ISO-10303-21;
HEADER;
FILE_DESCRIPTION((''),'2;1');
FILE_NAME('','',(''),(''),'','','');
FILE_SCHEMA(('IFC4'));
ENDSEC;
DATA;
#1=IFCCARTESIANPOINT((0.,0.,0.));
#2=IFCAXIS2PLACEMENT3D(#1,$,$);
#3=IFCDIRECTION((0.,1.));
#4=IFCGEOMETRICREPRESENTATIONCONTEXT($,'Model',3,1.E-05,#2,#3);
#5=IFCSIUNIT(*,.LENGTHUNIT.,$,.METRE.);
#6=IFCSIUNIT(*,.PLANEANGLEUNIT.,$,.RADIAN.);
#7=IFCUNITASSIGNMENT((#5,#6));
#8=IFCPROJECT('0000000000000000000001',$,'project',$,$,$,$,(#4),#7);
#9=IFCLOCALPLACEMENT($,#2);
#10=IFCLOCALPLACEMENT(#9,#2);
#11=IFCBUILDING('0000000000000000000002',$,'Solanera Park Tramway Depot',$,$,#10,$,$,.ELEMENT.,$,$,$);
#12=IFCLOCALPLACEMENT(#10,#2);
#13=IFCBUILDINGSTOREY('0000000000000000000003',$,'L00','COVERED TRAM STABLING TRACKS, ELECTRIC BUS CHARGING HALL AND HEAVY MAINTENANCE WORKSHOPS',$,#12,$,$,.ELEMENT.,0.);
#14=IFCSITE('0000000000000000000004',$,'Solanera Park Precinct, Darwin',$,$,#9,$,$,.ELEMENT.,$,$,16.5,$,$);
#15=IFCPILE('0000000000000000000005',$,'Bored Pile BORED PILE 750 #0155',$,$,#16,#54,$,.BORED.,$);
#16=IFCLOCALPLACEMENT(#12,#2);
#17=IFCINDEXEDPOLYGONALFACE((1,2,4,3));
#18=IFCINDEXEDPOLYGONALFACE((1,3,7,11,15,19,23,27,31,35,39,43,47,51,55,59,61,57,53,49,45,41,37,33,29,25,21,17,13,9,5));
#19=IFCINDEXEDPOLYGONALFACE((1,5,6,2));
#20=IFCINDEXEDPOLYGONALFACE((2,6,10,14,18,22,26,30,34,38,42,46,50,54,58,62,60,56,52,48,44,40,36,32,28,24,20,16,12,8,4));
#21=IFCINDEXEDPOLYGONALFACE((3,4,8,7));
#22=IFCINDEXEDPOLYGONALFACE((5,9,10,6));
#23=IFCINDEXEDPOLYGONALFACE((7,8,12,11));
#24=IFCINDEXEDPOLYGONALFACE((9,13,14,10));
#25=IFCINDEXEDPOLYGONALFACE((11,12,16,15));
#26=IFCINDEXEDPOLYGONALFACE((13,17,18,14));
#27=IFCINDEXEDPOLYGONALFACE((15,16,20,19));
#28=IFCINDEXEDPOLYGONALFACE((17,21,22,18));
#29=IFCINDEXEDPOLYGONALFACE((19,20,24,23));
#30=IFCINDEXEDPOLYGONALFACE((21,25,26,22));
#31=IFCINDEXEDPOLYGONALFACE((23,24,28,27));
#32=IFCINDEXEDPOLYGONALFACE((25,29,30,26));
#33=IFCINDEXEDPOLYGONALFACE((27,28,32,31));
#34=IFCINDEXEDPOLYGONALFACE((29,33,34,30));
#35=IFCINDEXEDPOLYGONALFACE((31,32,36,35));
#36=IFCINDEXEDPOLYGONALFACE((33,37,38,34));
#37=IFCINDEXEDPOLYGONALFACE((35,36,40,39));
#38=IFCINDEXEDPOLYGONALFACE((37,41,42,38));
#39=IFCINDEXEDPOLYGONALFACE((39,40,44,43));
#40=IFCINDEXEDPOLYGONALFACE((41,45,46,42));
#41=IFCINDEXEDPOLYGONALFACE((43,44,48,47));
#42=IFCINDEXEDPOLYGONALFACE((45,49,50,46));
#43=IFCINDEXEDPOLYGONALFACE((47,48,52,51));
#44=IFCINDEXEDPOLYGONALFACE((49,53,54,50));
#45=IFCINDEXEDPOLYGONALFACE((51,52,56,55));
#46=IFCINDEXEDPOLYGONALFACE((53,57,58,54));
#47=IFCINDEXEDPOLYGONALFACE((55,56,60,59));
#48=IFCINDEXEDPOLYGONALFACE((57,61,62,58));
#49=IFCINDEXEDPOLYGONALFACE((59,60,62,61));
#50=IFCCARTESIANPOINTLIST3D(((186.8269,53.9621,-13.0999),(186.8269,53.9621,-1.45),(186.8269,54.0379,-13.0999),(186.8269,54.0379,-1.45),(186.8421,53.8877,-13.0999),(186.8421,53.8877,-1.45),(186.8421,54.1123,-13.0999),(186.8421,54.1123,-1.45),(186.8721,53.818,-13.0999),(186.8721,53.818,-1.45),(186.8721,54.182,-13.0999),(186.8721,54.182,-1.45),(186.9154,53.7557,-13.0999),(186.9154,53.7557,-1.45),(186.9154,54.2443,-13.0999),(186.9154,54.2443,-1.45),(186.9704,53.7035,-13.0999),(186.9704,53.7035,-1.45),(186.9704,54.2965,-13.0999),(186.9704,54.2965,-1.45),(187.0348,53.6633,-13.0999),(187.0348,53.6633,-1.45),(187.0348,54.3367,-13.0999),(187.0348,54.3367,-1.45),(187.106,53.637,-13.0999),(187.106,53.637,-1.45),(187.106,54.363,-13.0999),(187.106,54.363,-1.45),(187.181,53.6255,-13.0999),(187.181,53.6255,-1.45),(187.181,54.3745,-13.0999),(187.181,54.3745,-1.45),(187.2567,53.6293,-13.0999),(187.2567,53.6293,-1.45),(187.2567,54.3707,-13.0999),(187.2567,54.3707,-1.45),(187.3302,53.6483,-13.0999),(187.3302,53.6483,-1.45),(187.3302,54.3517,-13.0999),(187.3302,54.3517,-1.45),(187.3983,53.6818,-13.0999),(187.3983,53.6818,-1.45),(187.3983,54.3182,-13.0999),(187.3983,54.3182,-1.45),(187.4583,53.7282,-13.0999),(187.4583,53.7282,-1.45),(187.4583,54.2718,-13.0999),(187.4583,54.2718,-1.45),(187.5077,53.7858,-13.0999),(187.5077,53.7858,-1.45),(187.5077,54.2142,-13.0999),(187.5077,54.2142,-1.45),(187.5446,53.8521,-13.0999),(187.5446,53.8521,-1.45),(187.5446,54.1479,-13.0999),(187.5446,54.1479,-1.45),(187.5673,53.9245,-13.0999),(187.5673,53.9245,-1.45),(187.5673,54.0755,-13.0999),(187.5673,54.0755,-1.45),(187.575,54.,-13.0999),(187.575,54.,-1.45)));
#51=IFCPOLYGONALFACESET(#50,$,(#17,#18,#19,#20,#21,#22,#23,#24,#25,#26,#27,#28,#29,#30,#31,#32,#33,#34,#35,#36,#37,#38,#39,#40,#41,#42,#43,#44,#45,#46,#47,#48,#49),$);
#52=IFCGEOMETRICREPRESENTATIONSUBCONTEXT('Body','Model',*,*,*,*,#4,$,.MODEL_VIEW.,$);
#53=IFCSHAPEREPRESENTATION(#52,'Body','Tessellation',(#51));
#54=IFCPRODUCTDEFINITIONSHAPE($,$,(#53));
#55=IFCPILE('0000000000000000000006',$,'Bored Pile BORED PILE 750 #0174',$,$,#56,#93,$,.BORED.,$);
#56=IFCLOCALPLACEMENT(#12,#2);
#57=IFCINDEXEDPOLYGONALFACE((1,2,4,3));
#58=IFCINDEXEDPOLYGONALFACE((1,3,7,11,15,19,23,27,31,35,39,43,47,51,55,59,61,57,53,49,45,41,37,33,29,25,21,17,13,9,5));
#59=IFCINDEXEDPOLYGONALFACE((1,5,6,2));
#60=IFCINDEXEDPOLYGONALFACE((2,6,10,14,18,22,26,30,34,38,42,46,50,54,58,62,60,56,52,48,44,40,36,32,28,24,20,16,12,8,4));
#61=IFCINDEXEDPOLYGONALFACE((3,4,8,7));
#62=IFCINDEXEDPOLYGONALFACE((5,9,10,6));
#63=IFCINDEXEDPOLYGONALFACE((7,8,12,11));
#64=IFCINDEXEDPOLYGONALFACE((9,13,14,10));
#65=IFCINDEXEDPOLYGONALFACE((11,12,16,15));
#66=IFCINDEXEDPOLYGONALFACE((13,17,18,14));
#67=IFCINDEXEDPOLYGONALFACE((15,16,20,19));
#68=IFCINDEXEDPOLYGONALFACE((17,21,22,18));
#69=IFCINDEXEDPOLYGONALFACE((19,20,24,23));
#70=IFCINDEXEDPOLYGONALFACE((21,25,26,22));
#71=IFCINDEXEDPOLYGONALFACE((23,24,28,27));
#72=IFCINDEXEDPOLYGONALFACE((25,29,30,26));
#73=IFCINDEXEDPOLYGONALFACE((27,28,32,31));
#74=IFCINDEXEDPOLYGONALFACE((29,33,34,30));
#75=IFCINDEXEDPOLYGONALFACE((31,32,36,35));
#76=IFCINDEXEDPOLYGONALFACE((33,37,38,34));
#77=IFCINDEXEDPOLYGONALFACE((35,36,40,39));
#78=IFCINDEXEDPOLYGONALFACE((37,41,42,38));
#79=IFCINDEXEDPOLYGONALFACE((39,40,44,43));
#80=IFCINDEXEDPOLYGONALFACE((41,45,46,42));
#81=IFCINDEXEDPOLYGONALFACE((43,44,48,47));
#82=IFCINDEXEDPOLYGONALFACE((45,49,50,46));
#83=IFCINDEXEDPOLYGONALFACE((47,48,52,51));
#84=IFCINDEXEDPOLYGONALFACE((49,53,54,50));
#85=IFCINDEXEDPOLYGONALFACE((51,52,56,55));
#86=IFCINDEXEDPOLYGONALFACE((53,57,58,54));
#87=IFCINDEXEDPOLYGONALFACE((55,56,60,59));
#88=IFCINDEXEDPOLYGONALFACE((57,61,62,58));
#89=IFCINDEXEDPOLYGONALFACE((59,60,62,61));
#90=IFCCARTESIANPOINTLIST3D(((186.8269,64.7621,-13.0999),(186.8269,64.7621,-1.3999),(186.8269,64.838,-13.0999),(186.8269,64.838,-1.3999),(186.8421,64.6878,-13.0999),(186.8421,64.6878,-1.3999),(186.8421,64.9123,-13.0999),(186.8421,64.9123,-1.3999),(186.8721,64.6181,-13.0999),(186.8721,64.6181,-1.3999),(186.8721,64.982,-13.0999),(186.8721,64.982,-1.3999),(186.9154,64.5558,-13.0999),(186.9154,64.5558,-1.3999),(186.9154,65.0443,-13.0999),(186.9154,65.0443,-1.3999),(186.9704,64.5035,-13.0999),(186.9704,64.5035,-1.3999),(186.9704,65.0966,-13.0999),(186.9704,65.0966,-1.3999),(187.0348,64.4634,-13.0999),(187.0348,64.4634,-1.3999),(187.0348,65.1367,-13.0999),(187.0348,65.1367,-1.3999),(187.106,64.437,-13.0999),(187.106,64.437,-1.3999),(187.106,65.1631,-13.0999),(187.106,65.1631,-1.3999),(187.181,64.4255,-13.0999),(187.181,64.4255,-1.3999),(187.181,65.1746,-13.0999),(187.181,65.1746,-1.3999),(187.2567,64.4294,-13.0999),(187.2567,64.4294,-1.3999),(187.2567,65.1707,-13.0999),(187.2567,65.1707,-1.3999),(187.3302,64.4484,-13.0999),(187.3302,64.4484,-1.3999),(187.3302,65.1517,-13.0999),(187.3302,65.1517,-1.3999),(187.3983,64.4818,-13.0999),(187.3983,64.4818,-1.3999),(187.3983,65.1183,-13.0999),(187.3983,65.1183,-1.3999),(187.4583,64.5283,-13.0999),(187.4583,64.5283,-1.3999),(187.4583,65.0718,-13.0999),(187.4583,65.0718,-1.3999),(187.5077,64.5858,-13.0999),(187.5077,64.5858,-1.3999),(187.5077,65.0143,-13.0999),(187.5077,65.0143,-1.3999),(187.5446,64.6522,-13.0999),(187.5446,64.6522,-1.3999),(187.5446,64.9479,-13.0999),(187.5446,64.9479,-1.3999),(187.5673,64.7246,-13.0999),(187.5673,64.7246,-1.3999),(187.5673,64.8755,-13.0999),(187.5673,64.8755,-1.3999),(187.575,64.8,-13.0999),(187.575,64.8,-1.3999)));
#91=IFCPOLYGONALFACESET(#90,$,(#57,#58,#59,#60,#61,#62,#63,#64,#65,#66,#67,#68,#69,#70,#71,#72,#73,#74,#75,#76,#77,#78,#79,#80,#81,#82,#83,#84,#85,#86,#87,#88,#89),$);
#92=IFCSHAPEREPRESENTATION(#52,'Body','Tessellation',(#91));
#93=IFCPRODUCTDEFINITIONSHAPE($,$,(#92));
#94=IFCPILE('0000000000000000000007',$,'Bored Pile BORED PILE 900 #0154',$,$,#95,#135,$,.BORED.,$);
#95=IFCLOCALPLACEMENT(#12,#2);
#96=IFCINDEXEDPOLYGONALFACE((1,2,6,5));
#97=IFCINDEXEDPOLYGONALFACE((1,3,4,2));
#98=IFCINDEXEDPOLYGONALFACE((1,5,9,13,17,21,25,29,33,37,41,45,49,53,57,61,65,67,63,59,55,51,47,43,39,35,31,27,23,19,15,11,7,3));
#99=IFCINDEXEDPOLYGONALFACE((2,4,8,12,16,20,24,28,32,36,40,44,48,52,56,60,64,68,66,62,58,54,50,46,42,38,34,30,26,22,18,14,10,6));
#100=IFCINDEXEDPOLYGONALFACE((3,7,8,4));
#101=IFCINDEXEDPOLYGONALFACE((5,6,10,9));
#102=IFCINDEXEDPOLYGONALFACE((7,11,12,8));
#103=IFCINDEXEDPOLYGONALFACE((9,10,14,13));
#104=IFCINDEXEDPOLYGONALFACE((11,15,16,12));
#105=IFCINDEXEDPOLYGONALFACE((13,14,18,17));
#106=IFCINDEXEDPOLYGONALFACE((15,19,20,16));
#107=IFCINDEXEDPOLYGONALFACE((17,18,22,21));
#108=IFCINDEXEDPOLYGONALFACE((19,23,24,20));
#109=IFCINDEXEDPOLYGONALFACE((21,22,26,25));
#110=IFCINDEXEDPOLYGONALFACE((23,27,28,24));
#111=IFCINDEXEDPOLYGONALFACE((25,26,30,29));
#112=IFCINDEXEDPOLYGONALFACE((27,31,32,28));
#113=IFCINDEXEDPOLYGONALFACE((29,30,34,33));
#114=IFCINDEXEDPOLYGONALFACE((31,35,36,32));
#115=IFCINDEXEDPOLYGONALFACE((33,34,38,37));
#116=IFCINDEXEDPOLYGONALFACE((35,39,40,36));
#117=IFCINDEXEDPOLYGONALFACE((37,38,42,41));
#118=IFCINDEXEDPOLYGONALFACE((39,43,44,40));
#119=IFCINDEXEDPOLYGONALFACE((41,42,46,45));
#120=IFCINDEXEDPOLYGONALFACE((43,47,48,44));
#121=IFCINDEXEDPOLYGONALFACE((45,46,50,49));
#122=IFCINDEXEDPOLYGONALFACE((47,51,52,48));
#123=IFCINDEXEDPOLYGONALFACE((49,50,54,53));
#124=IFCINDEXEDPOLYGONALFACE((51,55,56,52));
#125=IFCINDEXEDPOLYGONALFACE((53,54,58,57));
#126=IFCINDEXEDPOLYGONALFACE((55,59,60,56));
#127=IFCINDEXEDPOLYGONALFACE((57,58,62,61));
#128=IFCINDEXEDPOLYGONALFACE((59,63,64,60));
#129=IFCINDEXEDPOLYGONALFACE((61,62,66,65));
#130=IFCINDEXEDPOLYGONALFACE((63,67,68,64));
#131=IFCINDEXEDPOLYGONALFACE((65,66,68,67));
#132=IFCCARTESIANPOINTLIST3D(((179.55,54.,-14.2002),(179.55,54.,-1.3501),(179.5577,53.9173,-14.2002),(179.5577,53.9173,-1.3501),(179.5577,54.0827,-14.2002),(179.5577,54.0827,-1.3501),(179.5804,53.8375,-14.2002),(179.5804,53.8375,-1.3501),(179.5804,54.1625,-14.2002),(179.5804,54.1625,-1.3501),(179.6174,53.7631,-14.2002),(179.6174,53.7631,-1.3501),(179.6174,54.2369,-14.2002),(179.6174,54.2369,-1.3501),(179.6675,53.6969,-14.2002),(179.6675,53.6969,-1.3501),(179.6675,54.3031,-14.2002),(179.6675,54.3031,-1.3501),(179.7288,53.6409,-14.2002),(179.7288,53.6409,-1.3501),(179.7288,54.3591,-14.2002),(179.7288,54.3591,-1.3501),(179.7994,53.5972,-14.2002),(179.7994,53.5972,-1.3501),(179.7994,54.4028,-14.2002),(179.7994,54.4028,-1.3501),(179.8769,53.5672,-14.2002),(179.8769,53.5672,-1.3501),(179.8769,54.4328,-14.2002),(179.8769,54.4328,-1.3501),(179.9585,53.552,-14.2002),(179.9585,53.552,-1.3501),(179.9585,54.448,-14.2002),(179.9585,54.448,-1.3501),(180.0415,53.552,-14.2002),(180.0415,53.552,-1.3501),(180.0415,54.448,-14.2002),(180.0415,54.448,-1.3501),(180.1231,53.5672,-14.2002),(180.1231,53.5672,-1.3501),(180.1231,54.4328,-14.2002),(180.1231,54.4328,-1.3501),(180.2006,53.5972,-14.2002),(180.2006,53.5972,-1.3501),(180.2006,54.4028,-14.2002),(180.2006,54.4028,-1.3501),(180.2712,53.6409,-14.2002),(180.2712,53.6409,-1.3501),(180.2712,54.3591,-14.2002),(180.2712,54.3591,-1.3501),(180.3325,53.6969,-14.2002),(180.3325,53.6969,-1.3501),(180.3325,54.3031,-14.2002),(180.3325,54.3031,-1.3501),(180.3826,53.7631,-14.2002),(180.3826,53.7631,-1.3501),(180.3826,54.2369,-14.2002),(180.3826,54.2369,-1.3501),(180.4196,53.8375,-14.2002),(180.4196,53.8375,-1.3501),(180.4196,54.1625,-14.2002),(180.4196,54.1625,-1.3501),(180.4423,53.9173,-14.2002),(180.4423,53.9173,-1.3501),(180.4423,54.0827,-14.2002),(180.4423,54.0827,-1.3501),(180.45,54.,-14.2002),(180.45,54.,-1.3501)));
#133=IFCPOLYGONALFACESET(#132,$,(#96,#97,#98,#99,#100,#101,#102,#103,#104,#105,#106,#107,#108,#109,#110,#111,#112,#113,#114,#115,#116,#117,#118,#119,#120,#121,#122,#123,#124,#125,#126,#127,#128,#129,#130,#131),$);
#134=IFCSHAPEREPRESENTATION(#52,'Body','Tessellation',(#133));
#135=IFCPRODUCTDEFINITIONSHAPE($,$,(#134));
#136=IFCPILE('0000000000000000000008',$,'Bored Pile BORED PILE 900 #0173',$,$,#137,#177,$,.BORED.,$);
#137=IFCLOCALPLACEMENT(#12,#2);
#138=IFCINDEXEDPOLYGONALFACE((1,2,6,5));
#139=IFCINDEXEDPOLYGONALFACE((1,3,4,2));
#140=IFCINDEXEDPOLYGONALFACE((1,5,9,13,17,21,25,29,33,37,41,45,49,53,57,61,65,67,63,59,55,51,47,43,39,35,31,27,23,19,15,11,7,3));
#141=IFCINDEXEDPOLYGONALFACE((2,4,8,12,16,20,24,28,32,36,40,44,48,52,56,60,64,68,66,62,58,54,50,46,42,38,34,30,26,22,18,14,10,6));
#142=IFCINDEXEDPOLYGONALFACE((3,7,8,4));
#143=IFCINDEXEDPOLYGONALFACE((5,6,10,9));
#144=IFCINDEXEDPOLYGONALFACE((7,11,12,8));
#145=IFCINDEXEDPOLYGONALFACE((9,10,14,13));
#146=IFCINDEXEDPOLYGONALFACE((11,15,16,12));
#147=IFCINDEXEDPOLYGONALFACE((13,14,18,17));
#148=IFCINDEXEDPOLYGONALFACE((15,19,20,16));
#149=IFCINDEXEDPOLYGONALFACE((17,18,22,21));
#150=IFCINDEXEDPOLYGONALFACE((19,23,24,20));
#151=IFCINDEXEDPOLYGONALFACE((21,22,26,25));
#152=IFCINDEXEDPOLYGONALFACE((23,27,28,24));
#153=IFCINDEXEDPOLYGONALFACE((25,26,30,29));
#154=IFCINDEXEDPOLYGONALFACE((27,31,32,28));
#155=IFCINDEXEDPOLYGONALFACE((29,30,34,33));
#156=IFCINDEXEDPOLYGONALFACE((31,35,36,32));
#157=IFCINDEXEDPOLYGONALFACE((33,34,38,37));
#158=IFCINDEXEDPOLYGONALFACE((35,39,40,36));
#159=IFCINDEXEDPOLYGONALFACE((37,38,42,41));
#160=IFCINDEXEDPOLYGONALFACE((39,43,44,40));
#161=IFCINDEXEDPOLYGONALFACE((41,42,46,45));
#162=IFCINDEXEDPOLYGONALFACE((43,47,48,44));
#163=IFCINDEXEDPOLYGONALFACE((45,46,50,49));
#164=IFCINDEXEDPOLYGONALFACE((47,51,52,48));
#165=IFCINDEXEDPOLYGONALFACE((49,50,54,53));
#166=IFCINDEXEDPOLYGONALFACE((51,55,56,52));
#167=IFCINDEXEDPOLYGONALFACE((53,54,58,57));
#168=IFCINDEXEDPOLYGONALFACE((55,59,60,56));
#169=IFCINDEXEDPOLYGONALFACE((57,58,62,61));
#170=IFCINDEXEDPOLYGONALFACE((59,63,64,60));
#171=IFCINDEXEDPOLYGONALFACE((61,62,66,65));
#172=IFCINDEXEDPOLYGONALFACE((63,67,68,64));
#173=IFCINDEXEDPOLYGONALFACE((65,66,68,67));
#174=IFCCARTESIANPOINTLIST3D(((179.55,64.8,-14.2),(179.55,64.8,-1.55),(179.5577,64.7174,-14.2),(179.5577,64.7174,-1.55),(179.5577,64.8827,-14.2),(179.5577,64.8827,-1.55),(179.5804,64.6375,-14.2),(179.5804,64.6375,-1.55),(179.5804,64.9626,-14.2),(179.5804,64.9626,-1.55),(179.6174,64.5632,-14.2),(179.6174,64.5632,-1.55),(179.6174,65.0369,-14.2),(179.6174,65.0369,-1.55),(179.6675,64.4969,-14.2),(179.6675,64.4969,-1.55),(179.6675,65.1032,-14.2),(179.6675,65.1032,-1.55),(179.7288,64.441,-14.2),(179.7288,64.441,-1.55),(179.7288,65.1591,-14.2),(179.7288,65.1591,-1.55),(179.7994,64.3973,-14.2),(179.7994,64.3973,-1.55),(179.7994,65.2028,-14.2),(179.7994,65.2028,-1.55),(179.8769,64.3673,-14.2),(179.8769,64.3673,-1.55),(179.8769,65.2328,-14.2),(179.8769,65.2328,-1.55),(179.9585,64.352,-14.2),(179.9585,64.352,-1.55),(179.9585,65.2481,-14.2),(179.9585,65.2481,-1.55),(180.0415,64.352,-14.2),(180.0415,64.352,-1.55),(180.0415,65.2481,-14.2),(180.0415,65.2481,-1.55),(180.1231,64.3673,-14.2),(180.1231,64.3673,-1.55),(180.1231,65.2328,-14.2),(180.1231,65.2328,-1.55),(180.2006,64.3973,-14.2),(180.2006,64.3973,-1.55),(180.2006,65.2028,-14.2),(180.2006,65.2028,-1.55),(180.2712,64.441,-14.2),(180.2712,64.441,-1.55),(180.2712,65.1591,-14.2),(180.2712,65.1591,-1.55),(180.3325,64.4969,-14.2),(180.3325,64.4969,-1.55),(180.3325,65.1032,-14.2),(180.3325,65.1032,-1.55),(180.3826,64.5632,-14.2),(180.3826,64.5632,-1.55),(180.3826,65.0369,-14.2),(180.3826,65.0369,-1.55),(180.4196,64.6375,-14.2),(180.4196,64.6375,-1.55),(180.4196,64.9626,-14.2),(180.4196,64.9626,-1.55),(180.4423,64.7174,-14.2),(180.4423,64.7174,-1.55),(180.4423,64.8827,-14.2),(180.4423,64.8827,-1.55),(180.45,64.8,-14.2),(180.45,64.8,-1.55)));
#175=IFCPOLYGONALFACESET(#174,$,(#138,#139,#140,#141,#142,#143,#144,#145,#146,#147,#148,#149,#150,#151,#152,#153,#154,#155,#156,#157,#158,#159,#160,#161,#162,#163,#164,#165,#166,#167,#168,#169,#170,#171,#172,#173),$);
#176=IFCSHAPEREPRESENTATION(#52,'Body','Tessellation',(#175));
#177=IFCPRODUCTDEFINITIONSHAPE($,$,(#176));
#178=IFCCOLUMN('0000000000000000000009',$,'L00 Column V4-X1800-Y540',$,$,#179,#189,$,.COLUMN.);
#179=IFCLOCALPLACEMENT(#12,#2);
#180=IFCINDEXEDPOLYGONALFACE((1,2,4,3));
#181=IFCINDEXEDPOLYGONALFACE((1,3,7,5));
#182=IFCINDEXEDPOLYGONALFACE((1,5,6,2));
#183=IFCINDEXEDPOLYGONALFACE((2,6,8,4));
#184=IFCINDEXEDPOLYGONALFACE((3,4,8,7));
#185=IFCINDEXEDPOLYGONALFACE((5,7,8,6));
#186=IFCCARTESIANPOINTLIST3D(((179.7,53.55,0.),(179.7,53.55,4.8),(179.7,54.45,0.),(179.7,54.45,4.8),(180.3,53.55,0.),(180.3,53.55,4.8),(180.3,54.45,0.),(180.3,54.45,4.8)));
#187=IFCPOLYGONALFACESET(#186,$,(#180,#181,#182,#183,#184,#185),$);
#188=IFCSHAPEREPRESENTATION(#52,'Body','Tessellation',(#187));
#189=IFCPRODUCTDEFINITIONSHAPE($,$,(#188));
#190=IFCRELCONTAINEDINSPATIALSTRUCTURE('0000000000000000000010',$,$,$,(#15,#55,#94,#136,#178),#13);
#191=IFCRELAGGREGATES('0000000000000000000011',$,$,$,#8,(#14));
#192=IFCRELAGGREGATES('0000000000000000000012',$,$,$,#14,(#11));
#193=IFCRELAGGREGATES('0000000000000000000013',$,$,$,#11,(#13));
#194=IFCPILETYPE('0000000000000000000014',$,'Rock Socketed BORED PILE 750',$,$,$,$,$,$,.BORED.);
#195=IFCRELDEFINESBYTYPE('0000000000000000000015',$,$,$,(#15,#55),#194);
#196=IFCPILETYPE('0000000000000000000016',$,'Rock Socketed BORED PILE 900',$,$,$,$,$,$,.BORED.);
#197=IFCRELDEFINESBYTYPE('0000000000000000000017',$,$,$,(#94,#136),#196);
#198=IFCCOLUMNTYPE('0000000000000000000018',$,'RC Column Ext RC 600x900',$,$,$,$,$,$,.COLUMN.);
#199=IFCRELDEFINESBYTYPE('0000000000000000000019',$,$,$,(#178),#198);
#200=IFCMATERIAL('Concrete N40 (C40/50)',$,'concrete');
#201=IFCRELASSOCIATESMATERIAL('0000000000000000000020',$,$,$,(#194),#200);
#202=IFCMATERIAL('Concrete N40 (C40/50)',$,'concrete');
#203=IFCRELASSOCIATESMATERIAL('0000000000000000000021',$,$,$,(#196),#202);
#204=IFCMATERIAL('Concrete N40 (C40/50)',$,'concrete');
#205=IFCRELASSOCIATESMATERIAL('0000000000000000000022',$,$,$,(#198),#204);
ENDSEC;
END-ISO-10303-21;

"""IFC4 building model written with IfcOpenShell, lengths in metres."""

from ifc_helpers import new_model, si_unit, direction, frame, origin, origin_2d, place, context, subcontext, project, spatial, rectangle, circle, extrude, material, material_profile, profile_set, type_object, element, save


model = new_model("IFC4")

# Units and contexts
model_context = context("Model", 3, precision=1e-05, world=origin(), true_north=direction((0.0, 1.0)))
body_context = subcontext(model_context, "Body", "Model", "MODEL_VIEW")
ifc_project = project(units=[si_unit("LENGTHUNIT", "METRE"), si_unit("PLANEANGLEUNIT", "RADIAN")], contexts=[model_context])

# Site, building, storey
site_placement = place(None, origin())
site = spatial("IfcSite", under=ifc_project, at=site_placement, Name="Solanera Park Precinct, Darwin", CompositionType="ELEMENT", RefElevation=16.5)
building_placement = place(site_placement, origin())
building = spatial("IfcBuilding", under=site, at=building_placement, Name="Solanera Park Tramway Depot", CompositionType="ELEMENT")
storey_placement = place(building_placement, origin())
storey = spatial("IfcBuildingStorey", under=building, at=storey_placement, Name="L00", Description="COVERED TRAM STABLING TRACKS, ELECTRIC BUS CHARGING HALL AND HEAVY MAINTENANCE WORKSHOPS", CompositionType="ELEMENT", Elevation=0.0)

# Piles
ifc_material_1 = material(Name="Concrete N40 (C40/50)", Category="concrete")
ifc_material_profile_1 = material_profile(ifc_material_1, circle(Radius=0.375, at=origin_2d()), Name="BORED PILE 750")
ifc_profile_set_1 = profile_set([ifc_material_profile_1], Name="Concrete N40 (C40/50)")
pile_type_1 = type_object("IfcPileType", Name="Rock Socketed BORED PILE 750", PredefinedType="BORED", material=ifc_profile_set_1)
pile_1_placement = place(storey_placement, frame((187.2, 54.0, -1.45), z_axis=(0.0, 0.0, -1.0), x_axis=(1.0, 0.0, 0.0)))
element("IfcPile", 1, at=pile_1_placement, inside=storey, type_object=pile_type_1, Name="Bored Pile BORED PILE 750 #0155", PredefinedType="BORED", context=body_context, shape_type="SweptSolid", body=[
    extrude(circle(Radius=0.375, at=origin_2d()), origin(), (0.0, 0.0, 1.0), 11.6499),
])
pile_2_placement = place(storey_placement, frame((187.2, 64.8, -1.3999), z_axis=(0.0, 0.0, -1.0), x_axis=(1.0, 0.0, 0.0)))
element("IfcPile", 2, at=pile_2_placement, inside=storey, type_object=pile_type_1, Name="Bored Pile BORED PILE 750 #0174", PredefinedType="BORED", context=body_context, shape_type="SweptSolid", body=[
    extrude(circle(Radius=0.375, at=origin_2d()), origin(), (0.0, 0.0, 1.0), 11.7),
])
ifc_material_2 = material(Name="Concrete N40 (C40/50)", Category="concrete")
ifc_material_profile_2 = material_profile(ifc_material_2, circle(Radius=0.45, at=origin_2d()), Name="BORED PILE 900")
ifc_profile_set_2 = profile_set([ifc_material_profile_2], Name="Concrete N40 (C40/50)")
pile_type_2 = type_object("IfcPileType", Name="Rock Socketed BORED PILE 900", PredefinedType="BORED", material=ifc_profile_set_2)
pile_3_placement = place(storey_placement, frame((180.0, 54.0, -1.3501), z_axis=(0.0, 0.0, -1.0), x_axis=(1.0, 0.0, 0.0)))
element("IfcPile", 3, at=pile_3_placement, inside=storey, type_object=pile_type_2, Name="Bored Pile BORED PILE 900 #0154", PredefinedType="BORED", context=body_context, shape_type="SweptSolid", body=[
    extrude(circle(Radius=0.45, at=origin_2d()), origin(), (0.0, 0.0, 1.0), 12.8501),
])
pile_4_placement = place(storey_placement, frame((180.0, 64.8, -1.55), z_axis=(0.0, 0.0, -1.0), x_axis=(1.0, 0.0, 0.0)))
element("IfcPile", 4, at=pile_4_placement, inside=storey, type_object=pile_type_2, Name="Bored Pile BORED PILE 900 #0173", PredefinedType="BORED", context=body_context, shape_type="SweptSolid", body=[
    extrude(circle(Radius=0.45, at=origin_2d()), origin(), (0.0, 0.0, 1.0), 12.6499),
])

# Column
ifc_material_3 = material(Name="Concrete N40 (C40/50)", Category="concrete")
ifc_material_profile_3 = material_profile(ifc_material_3, rectangle(XDim=0.6001, YDim=0.8999, at=origin_2d()), Name="RC 600x900")
ifc_profile_set_3 = profile_set([ifc_material_profile_3], Name="Concrete N40 (C40/50)")
column_type_1 = type_object("IfcColumnType", Name="RC Column Ext RC 600x900", PredefinedType="COLUMN", material=ifc_profile_set_3)
column_1_placement = place(storey_placement, frame((180.0, 54.0, 0.0), z_axis=(0.0, 0.0, 1.0), x_axis=(1.0, 0.0, 0.0)))
element("IfcColumn", 5, at=column_1_placement, inside=storey, type_object=column_type_1, Name="L00 Column V4-X1800-Y540", PredefinedType="COLUMN", context=body_context, shape_type="SweptSolid", body=[
    extrude(rectangle(XDim=0.6001, YDim=0.8999, at=origin_2d()), origin(), (0.0, 0.0, 1.0), 4.8),
])

save(model, "model.ifc")
